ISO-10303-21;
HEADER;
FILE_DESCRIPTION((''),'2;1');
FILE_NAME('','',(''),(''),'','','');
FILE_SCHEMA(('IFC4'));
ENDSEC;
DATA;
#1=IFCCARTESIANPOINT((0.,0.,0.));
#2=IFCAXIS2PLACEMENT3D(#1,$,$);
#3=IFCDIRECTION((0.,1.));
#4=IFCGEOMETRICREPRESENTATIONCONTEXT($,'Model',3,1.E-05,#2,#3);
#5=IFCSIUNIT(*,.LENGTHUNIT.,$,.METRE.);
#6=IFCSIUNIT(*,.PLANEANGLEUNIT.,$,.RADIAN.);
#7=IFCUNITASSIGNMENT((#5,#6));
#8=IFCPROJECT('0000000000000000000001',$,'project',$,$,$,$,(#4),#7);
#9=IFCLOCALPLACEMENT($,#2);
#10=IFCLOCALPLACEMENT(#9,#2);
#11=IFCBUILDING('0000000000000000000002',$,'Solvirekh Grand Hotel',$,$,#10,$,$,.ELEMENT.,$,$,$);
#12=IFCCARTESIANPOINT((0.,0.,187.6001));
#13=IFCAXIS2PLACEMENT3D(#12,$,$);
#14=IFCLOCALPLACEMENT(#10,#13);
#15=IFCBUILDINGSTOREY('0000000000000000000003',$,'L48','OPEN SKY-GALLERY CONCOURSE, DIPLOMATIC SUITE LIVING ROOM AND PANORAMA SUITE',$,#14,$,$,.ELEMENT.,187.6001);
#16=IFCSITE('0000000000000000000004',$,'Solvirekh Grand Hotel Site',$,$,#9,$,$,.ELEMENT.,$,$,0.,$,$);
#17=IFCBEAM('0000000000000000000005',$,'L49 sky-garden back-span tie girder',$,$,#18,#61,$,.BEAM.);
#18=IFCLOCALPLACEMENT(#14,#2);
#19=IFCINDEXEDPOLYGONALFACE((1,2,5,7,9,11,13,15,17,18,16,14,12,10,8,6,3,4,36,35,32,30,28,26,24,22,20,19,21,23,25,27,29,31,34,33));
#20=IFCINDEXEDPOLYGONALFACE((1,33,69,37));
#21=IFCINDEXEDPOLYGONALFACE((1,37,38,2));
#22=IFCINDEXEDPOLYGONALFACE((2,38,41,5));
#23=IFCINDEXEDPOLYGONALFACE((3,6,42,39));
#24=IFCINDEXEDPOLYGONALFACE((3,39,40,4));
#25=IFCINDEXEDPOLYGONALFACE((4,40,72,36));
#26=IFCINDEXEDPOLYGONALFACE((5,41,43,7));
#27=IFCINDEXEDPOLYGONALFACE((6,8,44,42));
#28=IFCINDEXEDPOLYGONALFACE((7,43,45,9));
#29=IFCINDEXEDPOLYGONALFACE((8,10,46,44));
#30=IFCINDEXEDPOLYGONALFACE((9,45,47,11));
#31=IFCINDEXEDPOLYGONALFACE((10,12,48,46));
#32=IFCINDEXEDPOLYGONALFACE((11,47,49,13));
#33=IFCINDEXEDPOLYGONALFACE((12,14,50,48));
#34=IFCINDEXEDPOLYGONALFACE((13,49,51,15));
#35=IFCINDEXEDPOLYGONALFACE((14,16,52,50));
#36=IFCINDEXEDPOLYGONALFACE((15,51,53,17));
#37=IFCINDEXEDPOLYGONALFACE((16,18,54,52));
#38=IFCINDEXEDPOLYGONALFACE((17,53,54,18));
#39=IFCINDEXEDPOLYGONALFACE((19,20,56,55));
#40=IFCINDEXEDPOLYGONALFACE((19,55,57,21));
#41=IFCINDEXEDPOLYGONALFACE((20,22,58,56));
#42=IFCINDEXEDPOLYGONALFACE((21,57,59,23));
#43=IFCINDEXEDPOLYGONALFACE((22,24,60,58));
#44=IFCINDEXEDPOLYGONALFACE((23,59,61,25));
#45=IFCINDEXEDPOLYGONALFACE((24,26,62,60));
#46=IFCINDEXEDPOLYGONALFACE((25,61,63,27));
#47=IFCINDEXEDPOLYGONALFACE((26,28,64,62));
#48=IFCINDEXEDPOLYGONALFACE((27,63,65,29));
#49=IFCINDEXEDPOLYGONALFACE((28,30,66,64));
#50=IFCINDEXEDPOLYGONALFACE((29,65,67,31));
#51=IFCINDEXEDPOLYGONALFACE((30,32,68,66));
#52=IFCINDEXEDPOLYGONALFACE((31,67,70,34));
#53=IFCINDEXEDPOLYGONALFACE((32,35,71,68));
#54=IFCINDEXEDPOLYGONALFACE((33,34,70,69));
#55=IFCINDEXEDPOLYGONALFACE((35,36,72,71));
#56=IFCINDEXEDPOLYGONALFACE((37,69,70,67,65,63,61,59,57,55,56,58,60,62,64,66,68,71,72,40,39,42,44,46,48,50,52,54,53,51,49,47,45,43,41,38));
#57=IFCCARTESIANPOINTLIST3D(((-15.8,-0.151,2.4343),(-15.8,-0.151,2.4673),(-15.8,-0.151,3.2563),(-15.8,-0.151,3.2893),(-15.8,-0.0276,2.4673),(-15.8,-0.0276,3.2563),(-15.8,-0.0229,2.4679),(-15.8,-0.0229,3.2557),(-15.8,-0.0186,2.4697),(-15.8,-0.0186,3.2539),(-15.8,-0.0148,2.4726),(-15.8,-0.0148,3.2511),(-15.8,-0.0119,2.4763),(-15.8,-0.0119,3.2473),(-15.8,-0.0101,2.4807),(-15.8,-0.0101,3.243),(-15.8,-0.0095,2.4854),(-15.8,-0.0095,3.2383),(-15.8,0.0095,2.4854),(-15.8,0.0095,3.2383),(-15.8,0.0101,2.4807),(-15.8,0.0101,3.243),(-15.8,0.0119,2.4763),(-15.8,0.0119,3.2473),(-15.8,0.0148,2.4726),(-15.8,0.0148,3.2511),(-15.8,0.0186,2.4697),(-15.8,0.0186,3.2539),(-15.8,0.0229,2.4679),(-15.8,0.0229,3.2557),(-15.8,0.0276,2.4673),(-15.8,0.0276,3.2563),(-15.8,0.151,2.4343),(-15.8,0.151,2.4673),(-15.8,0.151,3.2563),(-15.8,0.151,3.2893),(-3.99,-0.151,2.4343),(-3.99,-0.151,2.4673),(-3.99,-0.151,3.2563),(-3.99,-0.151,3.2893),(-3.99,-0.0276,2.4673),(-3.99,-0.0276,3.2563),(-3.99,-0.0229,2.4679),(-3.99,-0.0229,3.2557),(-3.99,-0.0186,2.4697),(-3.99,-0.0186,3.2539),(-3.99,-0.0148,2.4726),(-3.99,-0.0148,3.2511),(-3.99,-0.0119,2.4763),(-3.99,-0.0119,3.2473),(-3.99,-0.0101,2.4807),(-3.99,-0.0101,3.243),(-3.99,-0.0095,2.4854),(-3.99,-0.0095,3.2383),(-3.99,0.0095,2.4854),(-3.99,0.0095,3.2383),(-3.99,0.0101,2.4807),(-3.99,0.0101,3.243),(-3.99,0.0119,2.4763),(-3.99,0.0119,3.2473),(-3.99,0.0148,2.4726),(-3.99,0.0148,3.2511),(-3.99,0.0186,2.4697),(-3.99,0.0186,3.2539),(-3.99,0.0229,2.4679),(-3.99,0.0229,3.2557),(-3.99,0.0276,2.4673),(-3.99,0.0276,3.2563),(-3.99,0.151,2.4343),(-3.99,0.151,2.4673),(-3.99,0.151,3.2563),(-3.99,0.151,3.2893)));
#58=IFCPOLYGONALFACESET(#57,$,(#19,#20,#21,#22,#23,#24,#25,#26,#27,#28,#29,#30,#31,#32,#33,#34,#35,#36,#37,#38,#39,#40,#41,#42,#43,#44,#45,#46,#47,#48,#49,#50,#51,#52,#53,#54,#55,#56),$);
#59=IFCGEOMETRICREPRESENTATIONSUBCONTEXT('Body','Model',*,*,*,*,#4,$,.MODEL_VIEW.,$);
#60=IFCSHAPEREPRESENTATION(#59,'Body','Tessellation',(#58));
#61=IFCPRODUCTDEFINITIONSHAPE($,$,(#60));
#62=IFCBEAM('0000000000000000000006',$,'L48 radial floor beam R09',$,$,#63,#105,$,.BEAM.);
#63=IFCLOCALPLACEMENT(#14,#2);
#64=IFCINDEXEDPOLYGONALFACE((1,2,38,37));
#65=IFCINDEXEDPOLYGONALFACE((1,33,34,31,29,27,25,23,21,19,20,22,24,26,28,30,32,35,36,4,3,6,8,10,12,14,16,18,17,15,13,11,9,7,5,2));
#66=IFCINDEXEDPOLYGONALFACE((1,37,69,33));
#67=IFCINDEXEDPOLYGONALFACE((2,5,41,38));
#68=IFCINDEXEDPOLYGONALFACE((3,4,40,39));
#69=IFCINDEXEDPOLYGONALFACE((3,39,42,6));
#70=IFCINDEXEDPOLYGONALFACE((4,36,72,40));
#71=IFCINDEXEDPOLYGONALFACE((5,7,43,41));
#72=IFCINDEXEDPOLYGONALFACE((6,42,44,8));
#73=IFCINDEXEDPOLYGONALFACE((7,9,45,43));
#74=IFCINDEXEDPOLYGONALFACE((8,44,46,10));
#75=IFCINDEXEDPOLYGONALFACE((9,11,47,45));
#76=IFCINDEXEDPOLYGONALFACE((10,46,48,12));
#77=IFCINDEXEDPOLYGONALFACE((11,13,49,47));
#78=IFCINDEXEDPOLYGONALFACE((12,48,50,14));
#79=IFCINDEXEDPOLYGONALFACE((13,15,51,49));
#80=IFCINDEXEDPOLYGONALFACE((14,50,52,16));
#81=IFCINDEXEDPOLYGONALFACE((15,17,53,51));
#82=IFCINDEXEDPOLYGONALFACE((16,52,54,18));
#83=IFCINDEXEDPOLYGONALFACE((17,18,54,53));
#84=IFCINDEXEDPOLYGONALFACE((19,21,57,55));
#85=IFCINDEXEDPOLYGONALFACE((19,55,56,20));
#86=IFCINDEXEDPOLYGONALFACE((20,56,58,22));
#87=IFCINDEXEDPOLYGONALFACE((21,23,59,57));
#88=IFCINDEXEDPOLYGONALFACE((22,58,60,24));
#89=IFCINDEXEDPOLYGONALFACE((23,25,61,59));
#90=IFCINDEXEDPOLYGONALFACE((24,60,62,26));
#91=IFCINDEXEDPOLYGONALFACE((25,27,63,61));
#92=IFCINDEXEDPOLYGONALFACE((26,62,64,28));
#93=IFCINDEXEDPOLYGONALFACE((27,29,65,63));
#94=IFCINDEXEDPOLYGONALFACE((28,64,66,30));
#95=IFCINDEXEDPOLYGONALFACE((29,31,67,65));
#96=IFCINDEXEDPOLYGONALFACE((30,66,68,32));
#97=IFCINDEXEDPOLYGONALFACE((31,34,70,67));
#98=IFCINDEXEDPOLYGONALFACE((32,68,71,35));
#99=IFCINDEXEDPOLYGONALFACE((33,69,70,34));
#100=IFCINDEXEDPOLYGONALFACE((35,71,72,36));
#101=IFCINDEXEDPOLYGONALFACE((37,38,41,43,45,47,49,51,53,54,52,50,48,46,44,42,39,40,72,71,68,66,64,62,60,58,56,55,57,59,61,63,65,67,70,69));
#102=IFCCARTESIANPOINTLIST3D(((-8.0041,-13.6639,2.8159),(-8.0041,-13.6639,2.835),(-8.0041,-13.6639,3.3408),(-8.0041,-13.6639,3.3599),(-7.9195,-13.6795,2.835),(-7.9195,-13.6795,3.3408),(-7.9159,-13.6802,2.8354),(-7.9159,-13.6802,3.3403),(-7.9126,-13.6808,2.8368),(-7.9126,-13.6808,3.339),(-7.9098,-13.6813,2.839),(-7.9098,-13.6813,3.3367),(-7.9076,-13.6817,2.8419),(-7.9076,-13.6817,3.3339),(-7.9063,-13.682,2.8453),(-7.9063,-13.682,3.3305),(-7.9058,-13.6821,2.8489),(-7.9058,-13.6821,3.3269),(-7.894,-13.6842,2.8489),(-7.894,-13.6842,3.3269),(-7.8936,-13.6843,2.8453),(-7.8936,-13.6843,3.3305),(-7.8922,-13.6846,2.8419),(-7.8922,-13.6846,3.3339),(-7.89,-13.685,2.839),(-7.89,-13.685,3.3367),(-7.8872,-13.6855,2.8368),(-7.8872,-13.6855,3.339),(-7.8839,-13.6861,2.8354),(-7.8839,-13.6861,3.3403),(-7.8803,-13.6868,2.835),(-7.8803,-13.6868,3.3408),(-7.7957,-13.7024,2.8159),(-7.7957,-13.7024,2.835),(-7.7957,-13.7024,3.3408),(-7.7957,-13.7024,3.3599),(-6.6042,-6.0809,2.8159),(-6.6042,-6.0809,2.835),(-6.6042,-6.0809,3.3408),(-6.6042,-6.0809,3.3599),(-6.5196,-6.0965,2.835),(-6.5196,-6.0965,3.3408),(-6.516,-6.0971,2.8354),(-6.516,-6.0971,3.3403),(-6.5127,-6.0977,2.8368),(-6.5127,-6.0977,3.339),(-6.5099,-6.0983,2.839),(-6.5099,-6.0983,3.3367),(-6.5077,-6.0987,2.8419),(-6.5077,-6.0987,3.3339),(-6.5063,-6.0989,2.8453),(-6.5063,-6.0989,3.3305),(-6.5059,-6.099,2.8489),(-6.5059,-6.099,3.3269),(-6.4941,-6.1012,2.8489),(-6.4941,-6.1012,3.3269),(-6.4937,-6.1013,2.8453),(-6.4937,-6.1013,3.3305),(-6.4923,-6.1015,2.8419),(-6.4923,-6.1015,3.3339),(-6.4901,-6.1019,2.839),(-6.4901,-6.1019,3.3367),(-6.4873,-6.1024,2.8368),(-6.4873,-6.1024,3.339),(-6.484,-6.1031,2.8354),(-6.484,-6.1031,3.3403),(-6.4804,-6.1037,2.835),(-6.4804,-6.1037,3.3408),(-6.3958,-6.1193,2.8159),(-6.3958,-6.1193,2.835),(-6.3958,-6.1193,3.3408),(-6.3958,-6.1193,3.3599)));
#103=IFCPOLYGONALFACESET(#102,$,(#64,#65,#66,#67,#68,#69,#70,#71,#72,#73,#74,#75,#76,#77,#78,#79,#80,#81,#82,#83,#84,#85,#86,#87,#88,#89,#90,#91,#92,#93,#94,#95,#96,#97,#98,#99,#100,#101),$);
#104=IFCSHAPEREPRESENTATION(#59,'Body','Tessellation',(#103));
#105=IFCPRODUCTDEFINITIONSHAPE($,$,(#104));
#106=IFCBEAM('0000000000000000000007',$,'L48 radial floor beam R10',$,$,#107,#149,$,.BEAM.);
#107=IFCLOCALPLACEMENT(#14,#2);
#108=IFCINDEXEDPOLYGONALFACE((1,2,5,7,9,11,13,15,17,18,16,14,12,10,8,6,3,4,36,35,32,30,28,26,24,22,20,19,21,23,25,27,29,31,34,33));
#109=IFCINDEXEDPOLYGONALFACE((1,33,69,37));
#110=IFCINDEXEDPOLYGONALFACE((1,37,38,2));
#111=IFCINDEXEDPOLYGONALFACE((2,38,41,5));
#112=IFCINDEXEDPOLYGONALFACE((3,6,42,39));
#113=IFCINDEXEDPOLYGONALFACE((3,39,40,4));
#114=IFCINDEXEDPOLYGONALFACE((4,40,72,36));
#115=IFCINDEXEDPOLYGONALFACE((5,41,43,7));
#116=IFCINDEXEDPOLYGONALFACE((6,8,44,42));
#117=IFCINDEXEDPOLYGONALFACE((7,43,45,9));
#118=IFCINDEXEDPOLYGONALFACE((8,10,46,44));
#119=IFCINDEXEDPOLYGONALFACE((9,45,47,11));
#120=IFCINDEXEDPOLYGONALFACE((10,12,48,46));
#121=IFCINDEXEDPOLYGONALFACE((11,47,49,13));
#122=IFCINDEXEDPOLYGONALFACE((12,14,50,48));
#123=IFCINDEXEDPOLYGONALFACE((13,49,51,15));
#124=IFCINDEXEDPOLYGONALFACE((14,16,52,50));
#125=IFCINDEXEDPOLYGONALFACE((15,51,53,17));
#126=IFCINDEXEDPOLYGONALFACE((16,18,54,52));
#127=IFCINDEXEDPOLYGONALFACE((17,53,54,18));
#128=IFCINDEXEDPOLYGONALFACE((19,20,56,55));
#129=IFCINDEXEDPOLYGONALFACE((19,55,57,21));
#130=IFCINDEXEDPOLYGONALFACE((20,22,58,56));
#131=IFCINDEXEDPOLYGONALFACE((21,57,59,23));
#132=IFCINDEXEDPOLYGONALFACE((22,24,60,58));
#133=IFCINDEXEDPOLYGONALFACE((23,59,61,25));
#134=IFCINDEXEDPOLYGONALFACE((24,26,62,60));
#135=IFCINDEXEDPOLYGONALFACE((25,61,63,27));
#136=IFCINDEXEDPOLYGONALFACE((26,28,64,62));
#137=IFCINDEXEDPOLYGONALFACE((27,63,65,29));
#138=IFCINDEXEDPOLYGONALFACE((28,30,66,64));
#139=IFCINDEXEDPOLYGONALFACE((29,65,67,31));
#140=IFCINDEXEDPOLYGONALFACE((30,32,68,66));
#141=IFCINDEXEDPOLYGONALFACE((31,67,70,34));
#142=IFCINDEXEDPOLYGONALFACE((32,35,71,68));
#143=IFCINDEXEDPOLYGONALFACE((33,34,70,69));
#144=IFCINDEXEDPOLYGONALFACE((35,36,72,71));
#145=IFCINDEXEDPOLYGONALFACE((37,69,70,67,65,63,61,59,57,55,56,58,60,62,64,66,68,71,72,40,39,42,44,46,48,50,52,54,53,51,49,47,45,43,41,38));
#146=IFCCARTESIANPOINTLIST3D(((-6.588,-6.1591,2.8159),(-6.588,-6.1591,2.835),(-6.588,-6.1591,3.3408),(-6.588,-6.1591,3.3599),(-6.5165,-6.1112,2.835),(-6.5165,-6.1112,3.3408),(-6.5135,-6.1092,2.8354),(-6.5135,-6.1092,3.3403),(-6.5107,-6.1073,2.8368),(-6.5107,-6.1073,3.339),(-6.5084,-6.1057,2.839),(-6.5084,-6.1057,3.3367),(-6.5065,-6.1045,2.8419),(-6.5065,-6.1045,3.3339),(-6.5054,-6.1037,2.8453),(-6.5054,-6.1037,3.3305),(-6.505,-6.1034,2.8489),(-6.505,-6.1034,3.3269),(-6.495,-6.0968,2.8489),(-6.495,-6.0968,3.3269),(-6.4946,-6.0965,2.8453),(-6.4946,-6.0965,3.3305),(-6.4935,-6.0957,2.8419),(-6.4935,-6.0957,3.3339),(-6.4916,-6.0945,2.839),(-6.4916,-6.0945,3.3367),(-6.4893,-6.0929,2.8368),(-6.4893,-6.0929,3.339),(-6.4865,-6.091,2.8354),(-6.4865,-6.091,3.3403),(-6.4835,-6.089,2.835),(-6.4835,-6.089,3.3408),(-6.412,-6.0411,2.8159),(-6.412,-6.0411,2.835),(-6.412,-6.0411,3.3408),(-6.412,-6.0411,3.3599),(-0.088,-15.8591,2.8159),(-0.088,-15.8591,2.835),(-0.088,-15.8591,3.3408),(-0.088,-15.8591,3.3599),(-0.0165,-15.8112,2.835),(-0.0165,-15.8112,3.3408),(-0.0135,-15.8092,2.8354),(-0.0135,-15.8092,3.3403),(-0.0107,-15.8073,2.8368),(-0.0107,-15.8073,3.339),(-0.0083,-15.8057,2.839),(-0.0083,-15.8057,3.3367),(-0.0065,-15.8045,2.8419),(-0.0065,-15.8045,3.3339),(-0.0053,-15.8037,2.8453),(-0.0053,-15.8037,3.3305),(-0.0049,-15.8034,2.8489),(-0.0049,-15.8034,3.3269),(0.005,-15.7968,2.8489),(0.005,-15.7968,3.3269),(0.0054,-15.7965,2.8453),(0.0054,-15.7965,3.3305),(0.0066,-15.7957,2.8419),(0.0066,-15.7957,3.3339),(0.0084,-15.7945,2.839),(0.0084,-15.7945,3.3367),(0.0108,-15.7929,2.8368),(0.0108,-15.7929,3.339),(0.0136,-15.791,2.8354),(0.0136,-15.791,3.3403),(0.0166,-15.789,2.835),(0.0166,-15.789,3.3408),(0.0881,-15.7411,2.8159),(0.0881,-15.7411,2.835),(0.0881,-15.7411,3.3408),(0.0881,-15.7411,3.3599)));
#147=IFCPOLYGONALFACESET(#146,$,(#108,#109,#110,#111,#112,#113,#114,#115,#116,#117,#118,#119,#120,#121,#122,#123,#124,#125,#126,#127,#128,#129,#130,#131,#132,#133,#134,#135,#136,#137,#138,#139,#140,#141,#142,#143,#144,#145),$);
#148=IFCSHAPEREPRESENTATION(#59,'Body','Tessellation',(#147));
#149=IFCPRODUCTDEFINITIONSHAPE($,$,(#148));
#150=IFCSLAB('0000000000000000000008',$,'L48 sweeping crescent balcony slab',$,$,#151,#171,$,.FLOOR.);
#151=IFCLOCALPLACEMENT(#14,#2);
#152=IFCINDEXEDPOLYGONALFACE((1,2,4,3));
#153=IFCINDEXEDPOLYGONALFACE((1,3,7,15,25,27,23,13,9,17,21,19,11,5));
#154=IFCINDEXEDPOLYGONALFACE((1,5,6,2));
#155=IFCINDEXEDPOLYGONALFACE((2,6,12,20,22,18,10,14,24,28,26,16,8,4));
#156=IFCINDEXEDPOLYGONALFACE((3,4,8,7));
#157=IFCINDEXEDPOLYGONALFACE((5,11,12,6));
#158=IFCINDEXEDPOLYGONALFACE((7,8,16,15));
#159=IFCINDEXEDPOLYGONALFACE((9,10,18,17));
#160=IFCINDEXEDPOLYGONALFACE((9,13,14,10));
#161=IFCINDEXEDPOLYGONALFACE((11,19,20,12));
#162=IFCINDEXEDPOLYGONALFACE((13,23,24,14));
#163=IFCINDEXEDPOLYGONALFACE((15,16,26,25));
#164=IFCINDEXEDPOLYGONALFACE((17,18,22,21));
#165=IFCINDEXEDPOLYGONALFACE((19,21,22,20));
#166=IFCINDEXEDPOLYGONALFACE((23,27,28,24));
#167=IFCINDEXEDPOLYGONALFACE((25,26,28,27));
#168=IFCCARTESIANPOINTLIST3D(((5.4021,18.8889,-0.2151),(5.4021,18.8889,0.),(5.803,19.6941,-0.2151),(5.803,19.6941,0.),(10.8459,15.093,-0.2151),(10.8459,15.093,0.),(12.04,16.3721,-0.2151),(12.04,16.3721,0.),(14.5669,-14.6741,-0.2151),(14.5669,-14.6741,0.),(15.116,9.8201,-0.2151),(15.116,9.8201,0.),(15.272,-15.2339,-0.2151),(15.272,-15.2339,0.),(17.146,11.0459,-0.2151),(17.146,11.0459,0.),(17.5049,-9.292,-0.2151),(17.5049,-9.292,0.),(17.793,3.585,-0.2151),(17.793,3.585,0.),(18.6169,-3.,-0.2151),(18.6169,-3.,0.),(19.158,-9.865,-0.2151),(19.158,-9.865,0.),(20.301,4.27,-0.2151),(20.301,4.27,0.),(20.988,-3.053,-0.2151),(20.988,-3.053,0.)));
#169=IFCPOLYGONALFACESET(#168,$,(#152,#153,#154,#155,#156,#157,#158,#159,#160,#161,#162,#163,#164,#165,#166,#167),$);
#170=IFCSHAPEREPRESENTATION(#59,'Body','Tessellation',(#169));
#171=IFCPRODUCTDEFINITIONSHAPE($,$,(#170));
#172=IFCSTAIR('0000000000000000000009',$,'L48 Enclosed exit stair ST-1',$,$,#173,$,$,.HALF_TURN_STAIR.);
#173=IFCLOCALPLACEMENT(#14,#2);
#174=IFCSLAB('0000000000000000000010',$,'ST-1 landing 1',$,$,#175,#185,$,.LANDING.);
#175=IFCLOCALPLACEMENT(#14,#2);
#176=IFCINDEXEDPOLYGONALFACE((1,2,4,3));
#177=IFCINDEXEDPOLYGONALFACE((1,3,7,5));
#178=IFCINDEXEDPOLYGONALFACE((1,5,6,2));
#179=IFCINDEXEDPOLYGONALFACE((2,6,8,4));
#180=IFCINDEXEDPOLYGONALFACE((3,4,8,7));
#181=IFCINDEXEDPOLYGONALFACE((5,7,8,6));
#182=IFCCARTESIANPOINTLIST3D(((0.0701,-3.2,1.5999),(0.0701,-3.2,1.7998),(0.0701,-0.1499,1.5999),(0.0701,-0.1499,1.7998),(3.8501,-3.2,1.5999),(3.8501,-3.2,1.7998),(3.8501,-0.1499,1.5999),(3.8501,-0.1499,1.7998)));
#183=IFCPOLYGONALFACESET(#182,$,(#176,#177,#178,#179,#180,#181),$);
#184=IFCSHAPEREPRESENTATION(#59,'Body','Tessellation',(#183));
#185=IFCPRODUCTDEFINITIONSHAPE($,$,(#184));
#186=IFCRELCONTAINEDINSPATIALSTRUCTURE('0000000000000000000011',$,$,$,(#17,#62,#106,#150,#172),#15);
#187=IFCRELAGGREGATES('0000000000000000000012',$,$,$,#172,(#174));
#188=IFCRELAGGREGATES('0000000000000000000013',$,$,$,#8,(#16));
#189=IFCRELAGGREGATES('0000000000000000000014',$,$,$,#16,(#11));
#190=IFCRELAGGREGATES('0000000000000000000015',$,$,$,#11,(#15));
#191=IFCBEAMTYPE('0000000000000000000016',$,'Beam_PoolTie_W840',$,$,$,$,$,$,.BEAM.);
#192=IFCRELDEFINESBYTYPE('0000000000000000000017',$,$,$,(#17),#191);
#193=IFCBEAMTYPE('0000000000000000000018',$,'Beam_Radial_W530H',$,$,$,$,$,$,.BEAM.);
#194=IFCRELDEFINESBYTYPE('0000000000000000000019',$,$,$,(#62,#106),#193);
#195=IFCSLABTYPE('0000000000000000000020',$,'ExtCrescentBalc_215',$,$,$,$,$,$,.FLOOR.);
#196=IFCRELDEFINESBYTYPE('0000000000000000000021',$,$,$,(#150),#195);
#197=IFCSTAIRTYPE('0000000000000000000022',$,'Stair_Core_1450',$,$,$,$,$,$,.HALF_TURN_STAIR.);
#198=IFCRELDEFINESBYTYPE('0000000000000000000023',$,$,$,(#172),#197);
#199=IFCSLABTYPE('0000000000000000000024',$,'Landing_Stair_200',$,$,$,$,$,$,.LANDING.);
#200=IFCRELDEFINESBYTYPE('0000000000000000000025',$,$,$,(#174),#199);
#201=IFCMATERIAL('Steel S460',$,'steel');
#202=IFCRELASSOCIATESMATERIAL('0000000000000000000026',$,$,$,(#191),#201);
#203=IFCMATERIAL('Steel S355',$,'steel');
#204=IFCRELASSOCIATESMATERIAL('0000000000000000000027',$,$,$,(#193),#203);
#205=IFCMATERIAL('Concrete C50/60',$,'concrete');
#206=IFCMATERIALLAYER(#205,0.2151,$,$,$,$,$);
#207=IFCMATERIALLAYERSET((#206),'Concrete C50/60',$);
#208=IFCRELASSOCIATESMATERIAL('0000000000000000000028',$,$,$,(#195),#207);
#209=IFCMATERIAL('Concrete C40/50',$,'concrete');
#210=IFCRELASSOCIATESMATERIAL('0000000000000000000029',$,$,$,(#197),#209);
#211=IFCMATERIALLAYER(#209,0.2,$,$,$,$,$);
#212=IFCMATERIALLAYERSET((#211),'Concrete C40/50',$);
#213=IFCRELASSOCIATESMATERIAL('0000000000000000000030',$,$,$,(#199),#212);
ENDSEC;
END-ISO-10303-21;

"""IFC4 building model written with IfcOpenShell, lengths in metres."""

from ifc_helpers import new_model, si_unit, direction, frame, origin, origin_2d, place, context, subcontext, project, spatial, polyline, i_section, outline, extrude, material, layer, layer_set, material_profile, profile_set, type_object, element, aggregate, save


model = new_model("IFC4")

# Units and contexts
model_context = context("Model", 3, precision=1e-05, world=origin(), true_north=direction((0.0, 1.0)))
body_context = subcontext(model_context, "Body", "Model", "MODEL_VIEW")
ifc_project = project(units=[si_unit("LENGTHUNIT", "METRE"), si_unit("PLANEANGLEUNIT", "RADIAN")], contexts=[model_context])

# Site, building, storey
site_placement = place(None, origin())
site = spatial("IfcSite", under=ifc_project, at=site_placement, Name="Solvirekh Grand Hotel Site", CompositionType="ELEMENT", RefElevation=0.0)
building_placement = place(site_placement, origin())
building = spatial("IfcBuilding", under=site, at=building_placement, Name="Solvirekh Grand Hotel", CompositionType="ELEMENT")
storey_placement = place(building_placement, frame((0.0, 0.0, 187.6001)))
storey = spatial("IfcBuildingStorey", under=building, at=storey_placement, Name="L48", Description="OPEN SKY-GALLERY CONCOURSE, DIPLOMATIC SUITE LIVING ROOM AND PANORAMA SUITE", CompositionType="ELEMENT", Elevation=187.6001)

# Beams
ifc_material_1 = material(Name="Steel S460", Category="steel")
ifc_material_profile_1 = material_profile(ifc_material_1, i_section(OverallWidth=0.302, OverallDepth=0.855, WebThickness=0.019, FlangeThickness=0.033, FilletRadius=0.0181, at=origin_2d()), Name="W840X299")
ifc_profile_set_1 = profile_set([ifc_material_profile_1], Name="Steel S460")
beam_type_1 = type_object("IfcBeamType", Name="Beam_PoolTie_W840", PredefinedType="BEAM", material=ifc_profile_set_1)
beam_1_placement = place(storey_placement, frame((-3.99, 0.0, 2.8618), z_axis=(-1.0, 0.0, 0.0), x_axis=(0.0, -1.0, 0.0)))
element("IfcBeam", 1, at=beam_1_placement, inside=storey, type_object=beam_type_1, Name="L49 sky-garden back-span tie girder", PredefinedType="BEAM", context=body_context, shape_type="SweptSolid", body=[
    extrude(i_section(OverallWidth=0.302, OverallDepth=0.855, WebThickness=0.019, FlangeThickness=0.033, FilletRadius=0.0181, at=origin_2d()), origin(), (0.0, 0.0, 1.0), 11.8101),
])
ifc_material_2 = material(Name="Steel S355", Category="steel")
ifc_material_profile_2 = material_profile(ifc_material_2, i_section(OverallWidth=0.2119, OverallDepth=0.5439, WebThickness=0.012, FlangeThickness=0.019, FilletRadius=0.0139, at=origin_2d()), Name="W530X123")
ifc_profile_set_2 = profile_set([ifc_material_profile_2], Name="Steel S355")
beam_type_2 = type_object("IfcBeamType", Name="Beam_Radial_W530H", PredefinedType="BEAM", material=ifc_profile_set_2)
beam_2_placement = place(storey_placement, frame((-6.5, -6.1001, 3.0879), z_axis=(-0.181543, -0.983383, 0.0), x_axis=(0.983383, -0.181543, 0.0)))
element("IfcBeam", 2, at=beam_2_placement, inside=storey, type_object=beam_type_2, Name="L48 radial floor beam R09", PredefinedType="BEAM", context=body_context, shape_type="SweptSolid", body=[
    extrude(i_section(OverallWidth=0.2119, OverallDepth=0.5439, WebThickness=0.012, FlangeThickness=0.019, FilletRadius=0.0139, at=origin_2d()), origin(), (0.0, 0.0, 1.0), 7.7112),
])
beam_3_placement = place(storey_placement, frame((-6.5, -6.1001, 3.0879), z_axis=(0.556677, -0.830729, 0.0), x_axis=(0.830729, 0.556677, 0.0)))
element("IfcBeam", 3, at=beam_3_placement, inside=storey, type_object=beam_type_2, Name="L48 radial floor beam R10", PredefinedType="BEAM", context=body_context, shape_type="SweptSolid", body=[
    extrude(i_section(OverallWidth=0.2119, OverallDepth=0.5439, WebThickness=0.012, FlangeThickness=0.019, FilletRadius=0.0139, at=origin_2d()), origin(), (0.0, 0.0, 1.0), 11.6765),
])

# Slab
ifc_material_3 = material(Name="Concrete C50/60", Category="concrete")
ifc_layer_1 = layer(ifc_material_3, 0.2151)
ifc_layer_set_1 = layer_set([ifc_layer_1], Name="Concrete C50/60")
slab_type_1 = type_object("IfcSlabType", Name="ExtCrescentBalc_215", PredefinedType="FLOOR", material=ifc_layer_set_1)
slab_1_placement = place(storey_placement, frame((0.0, 0.0, -0.2151)))
element("IfcSlab", 4, at=slab_1_placement, inside=storey, type_object=slab_type_1, Name="L48 sweeping crescent balcony slab", PredefinedType="FLOOR", context=body_context, shape_type="SweptSolid", body=[
    extrude(outline(polyline([(15.272, -15.2339), (19.158, -9.865), (20.988, -3.053), (20.301, 4.27), (17.146, 11.0459), (12.04, 16.3721), (5.803, 19.6941), (5.4021, 18.8889), (10.8459, 15.093), (15.116, 9.8201), (17.793, 3.585), (18.6169, -3.0), (17.5049, -9.292), (14.5669, -14.6741), (15.272, -15.2339)])), origin(), (0.0, 0.0, 1.0), 0.2151),
])

# Stair, slab
ifc_material_4 = material(Name="Concrete C40/50", Category="concrete")
stair_type = type_object("IfcStairType", Name="Stair_Core_1450", PredefinedType="HALF_TURN_STAIR", material=ifc_material_4)
stair_placement = place(storey_placement, origin())
stair = element("IfcStair", 5, at=stair_placement, inside=storey, type_object=stair_type, Name="L48 Enclosed exit stair ST-1", PredefinedType="HALF_TURN_STAIR")
ifc_layer_2 = layer(ifc_material_4, 0.2)
ifc_layer_set_2 = layer_set([ifc_layer_2], Name="Concrete C40/50")
slab_type_2 = type_object("IfcSlabType", Name="Landing_Stair_200", PredefinedType="LANDING", material=ifc_layer_set_2)
slab_2_placement = place(storey_placement, frame((0.0, 0.0, 1.5999)))
slab_2 = element("IfcSlab", 6, at=slab_2_placement, type_object=slab_type_2, Name="ST-1 landing 1", PredefinedType="LANDING", context=body_context, shape_type="SweptSolid", body=[
    extrude(outline(polyline([(0.0701, -3.2), (3.8501, -3.2), (3.8501, -0.1499), (0.0701, -0.1499), (0.0701, -3.2)])), origin(), (0.0, 0.0, 1.0), 0.2),
])

aggregate(stair, [slab_2])

save(model, "model.ifc")
